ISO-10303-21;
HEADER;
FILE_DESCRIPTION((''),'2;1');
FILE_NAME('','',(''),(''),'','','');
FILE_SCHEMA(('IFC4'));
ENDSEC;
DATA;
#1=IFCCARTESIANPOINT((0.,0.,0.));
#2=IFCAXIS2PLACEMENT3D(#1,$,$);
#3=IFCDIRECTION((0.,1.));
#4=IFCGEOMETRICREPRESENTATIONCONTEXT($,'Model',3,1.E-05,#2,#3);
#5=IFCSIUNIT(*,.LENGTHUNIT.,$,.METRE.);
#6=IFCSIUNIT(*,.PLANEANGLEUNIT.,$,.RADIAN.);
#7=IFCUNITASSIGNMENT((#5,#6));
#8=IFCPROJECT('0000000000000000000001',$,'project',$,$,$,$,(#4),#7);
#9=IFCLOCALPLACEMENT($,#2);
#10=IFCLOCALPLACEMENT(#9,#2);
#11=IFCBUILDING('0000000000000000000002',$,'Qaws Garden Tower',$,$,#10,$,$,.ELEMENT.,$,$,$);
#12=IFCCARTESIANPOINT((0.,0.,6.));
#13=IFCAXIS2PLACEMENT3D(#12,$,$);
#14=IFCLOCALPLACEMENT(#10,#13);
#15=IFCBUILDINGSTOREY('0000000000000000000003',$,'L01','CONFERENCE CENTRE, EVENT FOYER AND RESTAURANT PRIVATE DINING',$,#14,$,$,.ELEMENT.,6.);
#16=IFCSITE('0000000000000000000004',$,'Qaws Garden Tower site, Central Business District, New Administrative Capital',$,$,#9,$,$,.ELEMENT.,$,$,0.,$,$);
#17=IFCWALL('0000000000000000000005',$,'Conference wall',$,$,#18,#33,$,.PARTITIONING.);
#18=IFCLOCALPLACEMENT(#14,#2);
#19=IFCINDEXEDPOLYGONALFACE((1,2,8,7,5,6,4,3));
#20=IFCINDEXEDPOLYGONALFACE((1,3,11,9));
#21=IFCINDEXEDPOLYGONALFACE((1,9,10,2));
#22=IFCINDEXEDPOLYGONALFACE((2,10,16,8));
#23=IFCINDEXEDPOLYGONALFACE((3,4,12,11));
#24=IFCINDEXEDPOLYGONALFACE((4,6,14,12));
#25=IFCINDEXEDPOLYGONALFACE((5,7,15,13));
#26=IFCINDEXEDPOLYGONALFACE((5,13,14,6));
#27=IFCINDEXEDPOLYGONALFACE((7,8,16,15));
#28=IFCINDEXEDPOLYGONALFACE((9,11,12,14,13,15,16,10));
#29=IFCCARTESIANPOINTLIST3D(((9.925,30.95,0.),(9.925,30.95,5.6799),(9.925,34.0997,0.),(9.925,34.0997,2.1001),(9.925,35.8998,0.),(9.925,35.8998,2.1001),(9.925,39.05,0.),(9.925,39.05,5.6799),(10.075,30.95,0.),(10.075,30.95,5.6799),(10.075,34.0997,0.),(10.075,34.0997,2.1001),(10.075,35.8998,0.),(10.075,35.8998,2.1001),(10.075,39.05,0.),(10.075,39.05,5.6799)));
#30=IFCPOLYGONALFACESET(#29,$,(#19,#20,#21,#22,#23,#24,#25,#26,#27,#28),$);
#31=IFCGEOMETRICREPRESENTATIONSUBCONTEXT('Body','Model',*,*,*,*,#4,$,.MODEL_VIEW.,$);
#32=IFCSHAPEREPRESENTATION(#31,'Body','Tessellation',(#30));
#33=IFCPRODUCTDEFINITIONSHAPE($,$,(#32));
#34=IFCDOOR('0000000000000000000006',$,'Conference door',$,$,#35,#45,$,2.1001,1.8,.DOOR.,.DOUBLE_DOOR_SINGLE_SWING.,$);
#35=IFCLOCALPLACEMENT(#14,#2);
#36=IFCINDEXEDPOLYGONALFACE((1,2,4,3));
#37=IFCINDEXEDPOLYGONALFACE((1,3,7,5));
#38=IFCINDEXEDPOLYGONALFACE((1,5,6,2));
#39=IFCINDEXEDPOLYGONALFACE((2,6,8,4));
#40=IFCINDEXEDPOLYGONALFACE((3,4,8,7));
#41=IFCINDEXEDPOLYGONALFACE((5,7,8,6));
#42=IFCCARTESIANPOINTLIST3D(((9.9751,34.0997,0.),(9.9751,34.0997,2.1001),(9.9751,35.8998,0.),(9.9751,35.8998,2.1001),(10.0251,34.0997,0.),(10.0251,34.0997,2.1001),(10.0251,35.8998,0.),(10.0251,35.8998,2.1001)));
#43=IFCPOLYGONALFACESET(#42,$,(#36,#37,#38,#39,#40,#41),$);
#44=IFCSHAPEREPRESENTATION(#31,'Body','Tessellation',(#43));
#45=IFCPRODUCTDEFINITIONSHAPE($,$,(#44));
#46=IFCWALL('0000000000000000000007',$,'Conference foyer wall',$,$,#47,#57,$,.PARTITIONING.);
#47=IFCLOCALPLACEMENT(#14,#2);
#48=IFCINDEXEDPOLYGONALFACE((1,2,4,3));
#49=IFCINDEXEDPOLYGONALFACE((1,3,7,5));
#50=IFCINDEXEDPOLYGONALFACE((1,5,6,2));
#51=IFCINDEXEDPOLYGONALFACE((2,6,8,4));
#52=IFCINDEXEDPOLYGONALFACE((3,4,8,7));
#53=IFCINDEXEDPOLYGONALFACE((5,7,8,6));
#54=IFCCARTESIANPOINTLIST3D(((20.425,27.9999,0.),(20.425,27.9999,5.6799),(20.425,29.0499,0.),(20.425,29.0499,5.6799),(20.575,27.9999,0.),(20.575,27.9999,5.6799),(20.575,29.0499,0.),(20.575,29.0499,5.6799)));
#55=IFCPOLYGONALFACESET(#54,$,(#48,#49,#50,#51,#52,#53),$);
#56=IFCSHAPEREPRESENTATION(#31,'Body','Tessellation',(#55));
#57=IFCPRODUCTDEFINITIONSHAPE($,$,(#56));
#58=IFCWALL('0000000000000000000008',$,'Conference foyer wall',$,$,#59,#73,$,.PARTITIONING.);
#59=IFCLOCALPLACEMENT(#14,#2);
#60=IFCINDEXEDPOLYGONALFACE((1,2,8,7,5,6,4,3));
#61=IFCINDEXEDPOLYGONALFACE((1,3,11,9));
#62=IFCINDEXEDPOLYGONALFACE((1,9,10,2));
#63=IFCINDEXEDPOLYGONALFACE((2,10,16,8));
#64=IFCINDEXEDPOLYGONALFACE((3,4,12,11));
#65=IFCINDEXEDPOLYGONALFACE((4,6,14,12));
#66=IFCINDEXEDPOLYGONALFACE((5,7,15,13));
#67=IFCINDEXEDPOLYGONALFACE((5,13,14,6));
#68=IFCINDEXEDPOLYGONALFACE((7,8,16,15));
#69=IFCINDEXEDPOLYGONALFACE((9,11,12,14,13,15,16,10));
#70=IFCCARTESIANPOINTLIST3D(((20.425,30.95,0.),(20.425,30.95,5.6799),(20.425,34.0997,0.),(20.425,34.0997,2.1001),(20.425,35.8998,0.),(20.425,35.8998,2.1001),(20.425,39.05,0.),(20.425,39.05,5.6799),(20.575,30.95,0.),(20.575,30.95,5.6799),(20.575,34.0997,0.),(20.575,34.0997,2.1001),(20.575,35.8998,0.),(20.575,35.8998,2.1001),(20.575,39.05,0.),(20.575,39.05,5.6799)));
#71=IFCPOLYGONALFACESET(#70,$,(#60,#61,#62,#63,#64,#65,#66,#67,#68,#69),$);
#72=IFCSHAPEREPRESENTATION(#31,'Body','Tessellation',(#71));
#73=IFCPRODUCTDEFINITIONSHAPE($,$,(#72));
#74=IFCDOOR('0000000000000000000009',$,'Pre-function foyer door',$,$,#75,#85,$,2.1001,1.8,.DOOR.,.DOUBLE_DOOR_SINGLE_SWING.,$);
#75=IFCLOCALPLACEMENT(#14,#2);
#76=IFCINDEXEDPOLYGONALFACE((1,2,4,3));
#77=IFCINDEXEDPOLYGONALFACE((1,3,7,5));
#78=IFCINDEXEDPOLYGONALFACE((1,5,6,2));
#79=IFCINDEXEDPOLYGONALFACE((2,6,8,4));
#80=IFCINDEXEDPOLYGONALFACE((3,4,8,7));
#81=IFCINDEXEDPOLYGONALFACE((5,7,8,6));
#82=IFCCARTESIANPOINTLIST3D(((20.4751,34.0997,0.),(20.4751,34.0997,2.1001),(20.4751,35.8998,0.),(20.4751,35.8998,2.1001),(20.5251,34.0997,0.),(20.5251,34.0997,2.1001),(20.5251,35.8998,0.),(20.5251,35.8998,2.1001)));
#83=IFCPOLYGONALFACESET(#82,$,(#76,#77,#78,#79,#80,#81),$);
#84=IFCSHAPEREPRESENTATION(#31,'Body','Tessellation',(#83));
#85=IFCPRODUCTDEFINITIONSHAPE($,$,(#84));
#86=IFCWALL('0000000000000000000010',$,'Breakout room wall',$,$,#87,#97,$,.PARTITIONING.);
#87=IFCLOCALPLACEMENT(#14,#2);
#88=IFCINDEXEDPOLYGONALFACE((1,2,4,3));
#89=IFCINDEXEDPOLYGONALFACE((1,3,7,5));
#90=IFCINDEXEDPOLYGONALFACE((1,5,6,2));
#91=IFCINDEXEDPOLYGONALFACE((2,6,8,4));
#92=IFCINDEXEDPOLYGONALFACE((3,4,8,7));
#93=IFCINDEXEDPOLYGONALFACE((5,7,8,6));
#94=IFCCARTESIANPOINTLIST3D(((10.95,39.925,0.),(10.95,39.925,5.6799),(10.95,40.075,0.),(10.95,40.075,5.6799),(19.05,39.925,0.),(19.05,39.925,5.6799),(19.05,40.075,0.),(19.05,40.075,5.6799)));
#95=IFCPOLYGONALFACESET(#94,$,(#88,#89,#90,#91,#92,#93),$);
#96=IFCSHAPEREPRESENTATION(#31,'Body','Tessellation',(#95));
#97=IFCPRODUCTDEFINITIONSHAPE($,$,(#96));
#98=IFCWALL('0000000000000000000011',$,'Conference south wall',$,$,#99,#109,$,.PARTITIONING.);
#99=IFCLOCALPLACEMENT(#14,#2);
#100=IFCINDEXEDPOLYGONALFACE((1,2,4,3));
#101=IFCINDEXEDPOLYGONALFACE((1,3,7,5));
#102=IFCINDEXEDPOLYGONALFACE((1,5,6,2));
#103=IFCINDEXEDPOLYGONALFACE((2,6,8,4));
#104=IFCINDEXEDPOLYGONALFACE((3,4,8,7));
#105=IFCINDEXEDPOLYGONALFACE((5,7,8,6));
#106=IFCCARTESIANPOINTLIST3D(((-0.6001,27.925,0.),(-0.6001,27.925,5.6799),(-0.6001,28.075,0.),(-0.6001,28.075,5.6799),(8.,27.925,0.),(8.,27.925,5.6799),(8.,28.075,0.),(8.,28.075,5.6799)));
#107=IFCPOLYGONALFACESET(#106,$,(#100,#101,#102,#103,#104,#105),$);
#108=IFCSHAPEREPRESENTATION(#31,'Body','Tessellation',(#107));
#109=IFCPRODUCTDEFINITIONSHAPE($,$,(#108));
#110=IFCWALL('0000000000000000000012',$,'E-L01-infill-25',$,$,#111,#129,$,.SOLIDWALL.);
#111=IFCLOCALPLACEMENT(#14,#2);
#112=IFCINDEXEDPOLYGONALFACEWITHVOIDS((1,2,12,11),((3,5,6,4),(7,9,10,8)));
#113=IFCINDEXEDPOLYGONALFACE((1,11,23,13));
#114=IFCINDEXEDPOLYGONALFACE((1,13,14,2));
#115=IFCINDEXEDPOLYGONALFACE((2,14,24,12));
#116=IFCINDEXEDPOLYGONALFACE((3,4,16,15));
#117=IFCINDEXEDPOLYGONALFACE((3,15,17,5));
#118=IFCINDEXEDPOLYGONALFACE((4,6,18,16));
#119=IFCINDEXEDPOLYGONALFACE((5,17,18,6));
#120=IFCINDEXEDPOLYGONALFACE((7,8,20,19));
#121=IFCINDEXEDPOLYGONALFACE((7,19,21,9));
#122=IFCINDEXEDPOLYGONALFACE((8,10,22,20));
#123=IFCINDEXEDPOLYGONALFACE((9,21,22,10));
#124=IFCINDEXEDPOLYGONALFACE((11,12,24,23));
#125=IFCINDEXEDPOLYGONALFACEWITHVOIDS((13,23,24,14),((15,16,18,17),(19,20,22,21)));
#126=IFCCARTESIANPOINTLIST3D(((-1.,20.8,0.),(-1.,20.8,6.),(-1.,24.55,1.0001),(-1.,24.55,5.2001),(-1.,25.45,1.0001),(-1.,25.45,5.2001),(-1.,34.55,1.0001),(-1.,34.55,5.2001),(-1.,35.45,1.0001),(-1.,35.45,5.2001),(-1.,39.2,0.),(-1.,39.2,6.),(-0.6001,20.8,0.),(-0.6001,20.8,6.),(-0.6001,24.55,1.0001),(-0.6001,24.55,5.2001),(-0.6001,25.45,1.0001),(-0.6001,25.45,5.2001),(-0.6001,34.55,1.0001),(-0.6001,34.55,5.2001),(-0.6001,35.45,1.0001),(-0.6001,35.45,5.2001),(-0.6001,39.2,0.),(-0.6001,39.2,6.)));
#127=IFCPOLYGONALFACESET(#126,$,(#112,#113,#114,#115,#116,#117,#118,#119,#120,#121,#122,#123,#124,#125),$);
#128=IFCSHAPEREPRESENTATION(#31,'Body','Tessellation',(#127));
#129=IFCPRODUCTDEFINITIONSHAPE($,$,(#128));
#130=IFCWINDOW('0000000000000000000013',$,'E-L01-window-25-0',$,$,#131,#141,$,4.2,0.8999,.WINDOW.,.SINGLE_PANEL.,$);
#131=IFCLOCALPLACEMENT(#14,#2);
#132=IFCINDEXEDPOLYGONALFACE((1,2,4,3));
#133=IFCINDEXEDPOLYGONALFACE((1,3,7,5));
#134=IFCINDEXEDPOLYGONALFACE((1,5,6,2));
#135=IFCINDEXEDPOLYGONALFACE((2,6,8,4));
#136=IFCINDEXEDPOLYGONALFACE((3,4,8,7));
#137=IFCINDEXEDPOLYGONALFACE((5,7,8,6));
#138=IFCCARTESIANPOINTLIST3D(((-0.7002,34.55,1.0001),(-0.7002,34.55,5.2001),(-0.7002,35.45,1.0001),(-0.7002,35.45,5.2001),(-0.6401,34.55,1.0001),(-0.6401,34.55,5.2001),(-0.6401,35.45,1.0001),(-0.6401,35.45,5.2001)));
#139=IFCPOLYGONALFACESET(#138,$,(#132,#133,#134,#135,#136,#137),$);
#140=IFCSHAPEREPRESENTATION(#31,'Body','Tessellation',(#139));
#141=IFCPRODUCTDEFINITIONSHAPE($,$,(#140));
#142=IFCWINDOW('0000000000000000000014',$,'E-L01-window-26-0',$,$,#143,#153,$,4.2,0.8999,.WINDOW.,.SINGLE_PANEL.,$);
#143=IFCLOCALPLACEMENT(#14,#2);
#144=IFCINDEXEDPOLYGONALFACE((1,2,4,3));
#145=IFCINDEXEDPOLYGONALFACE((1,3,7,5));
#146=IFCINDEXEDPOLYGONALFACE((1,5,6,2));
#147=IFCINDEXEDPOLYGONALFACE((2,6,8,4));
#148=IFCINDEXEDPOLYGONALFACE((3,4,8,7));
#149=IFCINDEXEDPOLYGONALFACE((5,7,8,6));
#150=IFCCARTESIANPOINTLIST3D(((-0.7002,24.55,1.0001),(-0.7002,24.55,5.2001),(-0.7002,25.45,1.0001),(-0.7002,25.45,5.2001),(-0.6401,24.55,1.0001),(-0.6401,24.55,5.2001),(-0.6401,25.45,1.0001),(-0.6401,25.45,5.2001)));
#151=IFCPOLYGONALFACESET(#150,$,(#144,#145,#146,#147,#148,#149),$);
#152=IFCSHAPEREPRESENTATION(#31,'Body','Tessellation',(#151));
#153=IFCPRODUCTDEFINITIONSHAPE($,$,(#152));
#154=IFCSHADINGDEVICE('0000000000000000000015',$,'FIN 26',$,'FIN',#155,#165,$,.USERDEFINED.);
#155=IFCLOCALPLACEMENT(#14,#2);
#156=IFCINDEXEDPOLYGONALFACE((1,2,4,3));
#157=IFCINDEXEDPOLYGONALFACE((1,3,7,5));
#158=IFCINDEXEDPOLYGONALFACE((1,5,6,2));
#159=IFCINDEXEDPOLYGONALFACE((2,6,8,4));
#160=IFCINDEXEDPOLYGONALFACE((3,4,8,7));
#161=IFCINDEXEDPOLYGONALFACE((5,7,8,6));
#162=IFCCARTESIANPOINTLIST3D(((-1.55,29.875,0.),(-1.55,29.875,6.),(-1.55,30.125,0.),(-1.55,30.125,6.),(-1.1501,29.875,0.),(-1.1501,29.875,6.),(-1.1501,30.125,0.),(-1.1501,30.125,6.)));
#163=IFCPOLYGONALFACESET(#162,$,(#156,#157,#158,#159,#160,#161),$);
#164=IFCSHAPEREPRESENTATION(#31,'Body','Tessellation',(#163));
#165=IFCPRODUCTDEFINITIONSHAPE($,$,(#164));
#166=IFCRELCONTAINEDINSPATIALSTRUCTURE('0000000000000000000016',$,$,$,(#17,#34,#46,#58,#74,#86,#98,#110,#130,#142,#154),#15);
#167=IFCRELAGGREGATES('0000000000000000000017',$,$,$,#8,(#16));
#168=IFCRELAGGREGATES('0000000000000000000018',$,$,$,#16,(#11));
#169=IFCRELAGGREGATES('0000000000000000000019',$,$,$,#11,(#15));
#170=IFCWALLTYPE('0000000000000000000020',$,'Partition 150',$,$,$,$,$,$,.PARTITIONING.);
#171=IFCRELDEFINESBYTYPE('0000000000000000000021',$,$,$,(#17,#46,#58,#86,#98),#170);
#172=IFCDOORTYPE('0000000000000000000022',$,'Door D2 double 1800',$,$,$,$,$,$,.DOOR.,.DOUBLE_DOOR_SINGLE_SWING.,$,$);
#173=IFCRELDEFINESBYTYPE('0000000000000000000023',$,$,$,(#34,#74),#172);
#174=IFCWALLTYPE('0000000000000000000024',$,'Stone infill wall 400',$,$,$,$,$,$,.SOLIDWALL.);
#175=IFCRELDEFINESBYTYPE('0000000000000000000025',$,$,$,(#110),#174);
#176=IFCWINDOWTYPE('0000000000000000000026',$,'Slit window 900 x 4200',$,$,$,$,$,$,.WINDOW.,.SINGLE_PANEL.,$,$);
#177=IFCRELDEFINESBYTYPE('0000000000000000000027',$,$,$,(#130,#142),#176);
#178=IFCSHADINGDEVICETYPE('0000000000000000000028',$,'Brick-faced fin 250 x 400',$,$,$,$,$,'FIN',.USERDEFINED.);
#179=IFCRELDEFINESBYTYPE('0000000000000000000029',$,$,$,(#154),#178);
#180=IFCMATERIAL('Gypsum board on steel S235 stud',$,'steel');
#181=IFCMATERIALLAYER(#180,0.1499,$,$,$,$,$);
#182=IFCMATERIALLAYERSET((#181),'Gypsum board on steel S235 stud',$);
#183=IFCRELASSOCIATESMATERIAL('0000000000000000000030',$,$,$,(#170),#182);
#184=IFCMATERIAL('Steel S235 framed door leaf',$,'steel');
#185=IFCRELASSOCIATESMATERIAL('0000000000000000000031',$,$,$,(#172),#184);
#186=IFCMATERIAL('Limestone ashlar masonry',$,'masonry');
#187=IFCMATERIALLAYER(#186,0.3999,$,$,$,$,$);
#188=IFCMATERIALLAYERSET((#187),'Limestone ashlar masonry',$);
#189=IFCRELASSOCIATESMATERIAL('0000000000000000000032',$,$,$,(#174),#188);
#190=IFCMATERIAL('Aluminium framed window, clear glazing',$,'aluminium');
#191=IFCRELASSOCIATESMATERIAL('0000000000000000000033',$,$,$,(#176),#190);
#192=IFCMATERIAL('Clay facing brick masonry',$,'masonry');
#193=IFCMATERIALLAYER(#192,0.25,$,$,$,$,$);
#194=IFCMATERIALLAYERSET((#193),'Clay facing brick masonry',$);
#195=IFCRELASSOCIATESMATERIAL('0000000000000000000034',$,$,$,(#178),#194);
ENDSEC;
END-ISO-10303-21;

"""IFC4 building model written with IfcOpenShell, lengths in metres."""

from ifc_helpers import new_model, si_unit, direction, frame, frame_2d, origin, origin_2d, place, context, subcontext, project, spatial, rectangle, extrude, material, layer, layer_set, type_object, element, fill, save


model = new_model("IFC4")

# Units and contexts
model_context = context("Model", 3, precision=1e-05, world=origin(), true_north=direction((0.0, 1.0)))
body_context = subcontext(model_context, "Body", "Model", "MODEL_VIEW")
ifc_project = project(units=[si_unit("LENGTHUNIT", "METRE"), si_unit("PLANEANGLEUNIT", "RADIAN")], contexts=[model_context])

# Site, building, storey
site_placement = place(None, origin())
site = spatial("IfcSite", under=ifc_project, at=site_placement, Name="Qaws Garden Tower site, Central Business District, New Administrative Capital", CompositionType="ELEMENT", RefElevation=0.0)
building_placement = place(site_placement, origin())
building = spatial("IfcBuilding", under=site, at=building_placement, Name="Qaws Garden Tower", CompositionType="ELEMENT")
storey_placement = place(building_placement, frame((0.0, 0.0, 6.0)))
storey = spatial("IfcBuildingStorey", under=building, at=storey_placement, Name="L01", Description="CONFERENCE CENTRE, EVENT FOYER AND RESTAURANT PRIVATE DINING", CompositionType="ELEMENT", Elevation=6.0)

# Shared definitions
ifc_material_1 = material(Name="Gypsum board on steel S235 stud", Category="steel")
ifc_layer_1 = layer(ifc_material_1, 0.1499)
ifc_layer_set_1 = layer_set([ifc_layer_1], Name="Gypsum board on steel S235 stud")
wall_type_1 = type_object("IfcWallType", Name="Partition 150", PredefinedType="PARTITIONING", material=ifc_layer_set_1)

# Wall, opening, door
wall_1_placement = place(storey_placement, frame((10.0, 30.95, 0.0), z_axis=(0.0, 0.0, 1.0), x_axis=(0.0, 1.0, 0.0)))
wall_1 = element("IfcWall", 1, at=wall_1_placement, inside=storey, type_object=wall_type_1, Name="Conference wall", PredefinedType="PARTITIONING", context=body_context, shape_type="SweptSolid", body=[
    extrude(rectangle(XDim=8.1001, YDim=0.1499, at=frame_2d((4.05, 0.0))), origin(), (0.0, 0.0, 1.0), 5.6799),
])
opening_1_placement = place(wall_1_placement, frame((3.1499, 0.0, 0.0)))
opening_1 = element("IfcOpeningElement", 2, at=opening_1_placement, cuts=wall_1, PredefinedType="OPENING", context=body_context, shape_type="SweptSolid", body=[
    extrude(rectangle(XDim=1.8, YDim=2.1001, at=frame_2d((0.8999, 1.05))), frame((0.0, 0.085, 0.0), z_axis=(0.0, -1.0, 0.0), x_axis=(1.0, 0.0, 0.0)), (0.0, 0.0, 1.0), 0.1699),
])
ifc_material_2 = material(Name="Steel S235 framed door leaf", Category="steel")
door_type = type_object("IfcDoorType", Name="Door D2 double 1800", OperationType="DOUBLE_DOOR_SINGLE_SWING", PredefinedType="DOOR", material=ifc_material_2)
door_1_placement = place(opening_1_placement, origin())
door_1 = element("IfcDoor", 3, at=door_1_placement, inside=storey, type_object=door_type, Name="Conference door", OperationType="DOUBLE_DOOR_SINGLE_SWING", OverallHeight=2.1001, OverallWidth=1.8, PredefinedType="DOOR", context=body_context, shape_type="SweptSolid", body=[
    extrude(rectangle(XDim=1.8, YDim=2.1001, at=frame_2d((0.8999, 1.05))), frame((0.0, 0.0249, 0.0), z_axis=(0.0, -1.0, 0.0), x_axis=(1.0, 0.0, 0.0)), (0.0, 0.0, 1.0), 0.05),
])
fill(opening_1, door_1)

# Wall
wall_2_placement = place(storey_placement, frame((20.5, 28.0, 0.0), z_axis=(0.0, 0.0, 1.0), x_axis=(0.0, 1.0, 0.0)))
element("IfcWall", 4, at=wall_2_placement, inside=storey, type_object=wall_type_1, Name="Conference foyer wall", PredefinedType="PARTITIONING", context=body_context, shape_type="SweptSolid", body=[
    extrude(rectangle(XDim=1.05, YDim=0.1499, at=frame_2d((0.5249, 0.0))), origin(), (0.0, 0.0, 1.0), 5.6799),
])

# Wall, opening, door
wall_3_placement = place(storey_placement, frame((20.5, 30.95, 0.0), z_axis=(0.0, 0.0, 1.0), x_axis=(0.0, 1.0, 0.0)))
wall_3 = element("IfcWall", 5, at=wall_3_placement, inside=storey, type_object=wall_type_1, Name="Conference foyer wall", PredefinedType="PARTITIONING", context=body_context, shape_type="SweptSolid", body=[
    extrude(rectangle(XDim=8.1001, YDim=0.1499, at=frame_2d((4.05, 0.0))), origin(), (0.0, 0.0, 1.0), 5.6799),
])
opening_2_placement = place(wall_3_placement, frame((3.1499, 0.0, 0.0)))
opening_2 = element("IfcOpeningElement", 6, at=opening_2_placement, cuts=wall_3, PredefinedType="OPENING", context=body_context, shape_type="SweptSolid", body=[
    extrude(rectangle(XDim=1.8, YDim=2.1001, at=frame_2d((0.8999, 1.05))), frame((0.0, 0.085, 0.0), z_axis=(0.0, -1.0, 0.0), x_axis=(1.0, 0.0, 0.0)), (0.0, 0.0, 1.0), 0.1699),
])
door_2_placement = place(opening_2_placement, origin())
door_2 = element("IfcDoor", 7, at=door_2_placement, inside=storey, type_object=door_type, Name="Pre-function foyer door", OperationType="DOUBLE_DOOR_SINGLE_SWING", OverallHeight=2.1001, OverallWidth=1.8, PredefinedType="DOOR", context=body_context, shape_type="SweptSolid", body=[
    extrude(rectangle(XDim=1.8, YDim=2.1001, at=frame_2d((0.8999, 1.05))), frame((0.0, 0.0249, 0.0), z_axis=(0.0, -1.0, 0.0), x_axis=(1.0, 0.0, 0.0)), (0.0, 0.0, 1.0), 0.05),
])
fill(opening_2, door_2)

# Walls
wall_4_placement = place(storey_placement, frame((10.95, 40.0, 0.0), z_axis=(0.0, 0.0, 1.0), x_axis=(1.0, 0.0, 0.0)))
element("IfcWall", 8, at=wall_4_placement, inside=storey, type_object=wall_type_1, Name="Breakout room wall", PredefinedType="PARTITIONING", context=body_context, shape_type="SweptSolid", body=[
    extrude(rectangle(XDim=8.1001, YDim=0.1499, at=frame_2d((4.05, 0.0))), origin(), (0.0, 0.0, 1.0), 5.6799),
])
wall_5_placement = place(storey_placement, frame((-0.6001, 28.0, 0.0), z_axis=(0.0, 0.0, 1.0), x_axis=(1.0, 0.0, 0.0)))
element("IfcWall", 9, at=wall_5_placement, inside=storey, type_object=wall_type_1, Name="Conference south wall", PredefinedType="PARTITIONING", context=body_context, shape_type="SweptSolid", body=[
    extrude(rectangle(XDim=8.6001, YDim=0.1499, at=frame_2d((4.3, 0.0))), origin(), (0.0, 0.0, 1.0), 5.6799),
])

# Wall, openings, windows
ifc_material_3 = material(Name="Limestone ashlar masonry", Category="masonry")
ifc_layer_2 = layer(ifc_material_3, 0.3999)
ifc_layer_set_2 = layer_set([ifc_layer_2], Name="Limestone ashlar masonry")
wall_type_2 = type_object("IfcWallType", Name="Stone infill wall 400", PredefinedType="SOLIDWALL", material=ifc_layer_set_2)
wall_6_placement = place(storey_placement, frame((-0.8, 39.2, 0.0), z_axis=(0.0, 0.0, 1.0), x_axis=(0.0, -1.0, 0.0)))
wall_6 = element("IfcWall", 10, at=wall_6_placement, inside=storey, type_object=wall_type_2, Name="E-L01-infill-25", PredefinedType="SOLIDWALL", context=body_context, shape_type="SweptSolid", body=[
    extrude(rectangle(XDim=18.3999, YDim=0.3999, at=frame_2d((9.2, 0.0))), origin(), (0.0, 0.0, 1.0), 6.0),
])
opening_3_placement = place(wall_6_placement, frame((3.75, 0.0, 1.0)))
opening_3 = element("IfcOpeningElement", 11, at=opening_3_placement, cuts=wall_6, PredefinedType="OPENING", context=body_context, shape_type="SweptSolid", body=[
    extrude(rectangle(XDim=0.8999, YDim=4.2, at=frame_2d((0.45, 2.1001))), frame((0.0, 0.21, 0.0), z_axis=(0.0, -1.0, 0.0), x_axis=(1.0, 0.0, 0.0)), (0.0, 0.0, 1.0), 0.4199),
])
opening_4_placement = place(wall_6_placement, frame((13.75, 0.0, 1.0)))
opening_4 = element("IfcOpeningElement", 12, at=opening_4_placement, cuts=wall_6, PredefinedType="OPENING", context=body_context, shape_type="SweptSolid", body=[
    extrude(rectangle(XDim=0.8999, YDim=4.2, at=frame_2d((0.45, 2.1001))), frame((0.0, 0.21, 0.0), z_axis=(0.0, -1.0, 0.0), x_axis=(1.0, 0.0, 0.0)), (0.0, 0.0, 1.0), 0.4199),
])
ifc_material_4 = material(Name="Aluminium framed window, clear glazing", Category="aluminium")
window_type = type_object("IfcWindowType", Name="Slit window 900 x 4200", PartitioningType="SINGLE_PANEL", PredefinedType="WINDOW", material=ifc_material_4)
window_1_placement = place(opening_3_placement, origin())
window_1 = element("IfcWindow", 13, at=window_1_placement, inside=storey, type_object=window_type, Name="E-L01-window-25-0", OverallHeight=4.2, OverallWidth=0.8999, PartitioningType="SINGLE_PANEL", PredefinedType="WINDOW", context=body_context, shape_type="SweptSolid", body=[
    extrude(rectangle(XDim=0.8999, YDim=4.2, at=frame_2d((0.45, 2.1001))), frame((0.0, 0.1599, 0.0), z_axis=(0.0, -1.0, 0.0), x_axis=(1.0, 0.0, 0.0)), (0.0, 0.0, 1.0), 0.0601),
])
fill(opening_3, window_1)
window_2_placement = place(opening_4_placement, origin())
window_2 = element("IfcWindow", 14, at=window_2_placement, inside=storey, type_object=window_type, Name="E-L01-window-26-0", OverallHeight=4.2, OverallWidth=0.8999, PartitioningType="SINGLE_PANEL", PredefinedType="WINDOW", context=body_context, shape_type="SweptSolid", body=[
    extrude(rectangle(XDim=0.8999, YDim=4.2, at=frame_2d((0.45, 2.1001))), frame((0.0, 0.1599, 0.0), z_axis=(0.0, -1.0, 0.0), x_axis=(1.0, 0.0, 0.0)), (0.0, 0.0, 1.0), 0.0601),
])
fill(opening_4, window_2)

# Shading device
ifc_material_5 = material(Name="Clay facing brick masonry", Category="masonry")
ifc_layer_3 = layer(ifc_material_5, 0.25)
ifc_layer_set_3 = layer_set([ifc_layer_3], Name="Clay facing brick masonry")
shading_device_type = type_object("IfcShadingDeviceType", Name="Brick-faced fin 250 x 400", ElementType="FIN", PredefinedType="USERDEFINED", material=ifc_layer_set_3)
shading_device_placement = place(storey_placement, frame((-1.3501, 30.0, 0.0), z_axis=(0.0, 0.0, 1.0), x_axis=(0.0, -1.0, 0.0)))
element("IfcShadingDevice", 15, at=shading_device_placement, inside=storey, type_object=shading_device_type, Name="FIN 26", ObjectType="FIN", PredefinedType="USERDEFINED", context=body_context, shape_type="SweptSolid", body=[
    extrude(rectangle(XDim=0.25, YDim=0.3999, at=origin_2d()), origin(), (0.0, 0.0, 1.0), 6.0),
])

save(model, "model.ifc")
